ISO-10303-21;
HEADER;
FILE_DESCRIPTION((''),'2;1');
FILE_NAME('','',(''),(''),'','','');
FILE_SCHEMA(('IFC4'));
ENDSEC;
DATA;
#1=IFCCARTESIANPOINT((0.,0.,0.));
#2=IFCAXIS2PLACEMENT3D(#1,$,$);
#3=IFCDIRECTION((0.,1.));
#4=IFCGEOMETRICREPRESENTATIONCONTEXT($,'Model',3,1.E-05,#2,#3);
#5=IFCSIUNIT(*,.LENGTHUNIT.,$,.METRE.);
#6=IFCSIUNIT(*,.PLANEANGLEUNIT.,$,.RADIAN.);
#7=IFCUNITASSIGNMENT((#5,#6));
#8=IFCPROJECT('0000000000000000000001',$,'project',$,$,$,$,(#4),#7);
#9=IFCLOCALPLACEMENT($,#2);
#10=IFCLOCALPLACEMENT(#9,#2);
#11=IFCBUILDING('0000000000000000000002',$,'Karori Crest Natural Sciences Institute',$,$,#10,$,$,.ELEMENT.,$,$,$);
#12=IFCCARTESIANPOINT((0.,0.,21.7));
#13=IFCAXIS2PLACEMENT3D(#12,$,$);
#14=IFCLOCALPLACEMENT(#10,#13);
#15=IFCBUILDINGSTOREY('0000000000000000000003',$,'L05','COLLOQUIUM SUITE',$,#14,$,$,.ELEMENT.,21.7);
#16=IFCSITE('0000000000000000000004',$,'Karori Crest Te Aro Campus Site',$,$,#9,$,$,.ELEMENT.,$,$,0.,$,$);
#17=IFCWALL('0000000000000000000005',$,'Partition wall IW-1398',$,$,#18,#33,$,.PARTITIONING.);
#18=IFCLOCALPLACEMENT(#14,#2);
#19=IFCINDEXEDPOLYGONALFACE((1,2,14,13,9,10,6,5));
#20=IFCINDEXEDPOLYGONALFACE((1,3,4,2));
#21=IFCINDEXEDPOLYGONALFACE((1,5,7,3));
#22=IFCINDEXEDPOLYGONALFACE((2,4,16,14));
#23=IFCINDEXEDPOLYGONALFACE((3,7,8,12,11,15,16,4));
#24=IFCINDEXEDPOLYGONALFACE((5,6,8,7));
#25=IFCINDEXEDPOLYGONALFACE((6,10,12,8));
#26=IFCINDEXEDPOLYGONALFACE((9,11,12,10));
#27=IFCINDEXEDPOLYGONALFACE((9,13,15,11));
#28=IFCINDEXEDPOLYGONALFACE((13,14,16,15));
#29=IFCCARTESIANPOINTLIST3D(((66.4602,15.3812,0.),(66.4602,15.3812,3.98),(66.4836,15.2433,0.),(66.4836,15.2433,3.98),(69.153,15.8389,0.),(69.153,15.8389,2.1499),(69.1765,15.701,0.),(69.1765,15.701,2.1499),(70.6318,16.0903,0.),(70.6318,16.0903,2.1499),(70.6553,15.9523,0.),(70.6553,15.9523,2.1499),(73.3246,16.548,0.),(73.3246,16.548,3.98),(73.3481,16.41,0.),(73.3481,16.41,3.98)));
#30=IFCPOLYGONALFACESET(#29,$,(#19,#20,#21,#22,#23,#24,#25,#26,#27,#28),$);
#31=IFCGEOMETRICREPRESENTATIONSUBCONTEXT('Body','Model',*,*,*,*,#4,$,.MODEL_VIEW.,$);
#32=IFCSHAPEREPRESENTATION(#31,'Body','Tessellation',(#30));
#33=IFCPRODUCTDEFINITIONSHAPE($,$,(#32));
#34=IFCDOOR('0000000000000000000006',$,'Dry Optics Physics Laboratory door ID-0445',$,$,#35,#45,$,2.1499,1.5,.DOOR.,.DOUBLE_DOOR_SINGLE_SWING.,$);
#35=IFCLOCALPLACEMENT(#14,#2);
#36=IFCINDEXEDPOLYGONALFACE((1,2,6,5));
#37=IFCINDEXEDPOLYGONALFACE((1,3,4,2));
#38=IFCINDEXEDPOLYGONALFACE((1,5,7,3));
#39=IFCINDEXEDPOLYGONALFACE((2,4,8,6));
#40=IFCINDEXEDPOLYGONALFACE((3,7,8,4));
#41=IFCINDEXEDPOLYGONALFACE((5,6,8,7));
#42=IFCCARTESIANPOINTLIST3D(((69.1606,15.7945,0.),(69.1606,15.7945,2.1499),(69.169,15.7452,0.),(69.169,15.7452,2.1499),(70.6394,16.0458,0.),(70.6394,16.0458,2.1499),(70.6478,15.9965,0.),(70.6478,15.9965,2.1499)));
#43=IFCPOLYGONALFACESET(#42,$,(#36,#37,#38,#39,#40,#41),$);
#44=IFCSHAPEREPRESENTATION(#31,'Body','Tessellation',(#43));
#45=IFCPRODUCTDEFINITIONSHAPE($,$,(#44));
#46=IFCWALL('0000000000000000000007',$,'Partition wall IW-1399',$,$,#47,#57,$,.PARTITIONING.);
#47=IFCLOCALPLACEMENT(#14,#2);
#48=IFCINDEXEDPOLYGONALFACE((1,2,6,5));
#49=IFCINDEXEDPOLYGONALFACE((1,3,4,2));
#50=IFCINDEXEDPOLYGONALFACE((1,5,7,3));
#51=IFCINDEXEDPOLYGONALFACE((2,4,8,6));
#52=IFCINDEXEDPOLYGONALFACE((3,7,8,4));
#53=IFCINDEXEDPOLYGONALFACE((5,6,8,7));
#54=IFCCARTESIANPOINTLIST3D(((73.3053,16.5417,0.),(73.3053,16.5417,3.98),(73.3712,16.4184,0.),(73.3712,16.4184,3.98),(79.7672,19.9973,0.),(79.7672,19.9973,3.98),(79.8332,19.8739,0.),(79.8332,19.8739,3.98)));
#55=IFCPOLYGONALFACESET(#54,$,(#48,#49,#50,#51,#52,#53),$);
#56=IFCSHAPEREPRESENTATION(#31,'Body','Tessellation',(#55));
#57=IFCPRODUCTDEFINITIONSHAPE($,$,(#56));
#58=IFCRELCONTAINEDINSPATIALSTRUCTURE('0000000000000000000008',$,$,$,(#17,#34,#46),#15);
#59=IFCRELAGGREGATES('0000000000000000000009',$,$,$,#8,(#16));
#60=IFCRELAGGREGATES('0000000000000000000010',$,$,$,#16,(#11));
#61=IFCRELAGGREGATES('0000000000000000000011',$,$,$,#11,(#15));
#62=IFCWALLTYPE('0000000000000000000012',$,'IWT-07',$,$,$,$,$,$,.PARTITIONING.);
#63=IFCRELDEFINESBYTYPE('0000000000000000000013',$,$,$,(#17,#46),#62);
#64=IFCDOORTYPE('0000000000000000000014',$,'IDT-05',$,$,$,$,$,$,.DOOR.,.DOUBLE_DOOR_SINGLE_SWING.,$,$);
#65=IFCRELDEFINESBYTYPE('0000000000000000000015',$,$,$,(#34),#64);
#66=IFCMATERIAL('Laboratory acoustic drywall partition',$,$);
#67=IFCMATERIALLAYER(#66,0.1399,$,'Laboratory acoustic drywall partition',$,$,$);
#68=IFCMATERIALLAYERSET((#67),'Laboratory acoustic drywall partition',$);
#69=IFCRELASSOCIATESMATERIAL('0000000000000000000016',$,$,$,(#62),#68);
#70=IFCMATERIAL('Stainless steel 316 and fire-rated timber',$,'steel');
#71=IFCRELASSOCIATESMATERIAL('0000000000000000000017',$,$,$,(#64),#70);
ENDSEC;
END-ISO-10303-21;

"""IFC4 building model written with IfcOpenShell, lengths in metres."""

from ifc_helpers import new_model, si_unit, direction, frame, frame_2d, origin, place, context, subcontext, project, spatial, rectangle, extrude, material, layer, layer_set, type_object, element, fill, save


model = new_model("IFC4")

# Units and contexts
model_context = context("Model", 3, precision=1e-05, world=origin(), true_north=direction((0.0, 1.0)))
body_context = subcontext(model_context, "Body", "Model", "MODEL_VIEW")
ifc_project = project(units=[si_unit("LENGTHUNIT", "METRE"), si_unit("PLANEANGLEUNIT", "RADIAN")], contexts=[model_context])

# Site, building, storey
site_placement = place(None, origin())
site = spatial("IfcSite", under=ifc_project, at=site_placement, Name="Karori Crest Te Aro Campus Site", CompositionType="ELEMENT", RefElevation=0.0)
building_placement = place(site_placement, origin())
building = spatial("IfcBuilding", under=site, at=building_placement, Name="Karori Crest Natural Sciences Institute", CompositionType="ELEMENT")
storey_placement = place(building_placement, frame((0.0, 0.0, 21.7)))
storey = spatial("IfcBuildingStorey", under=building, at=storey_placement, Name="L05", Description="COLLOQUIUM SUITE", CompositionType="ELEMENT", Elevation=21.7)

# Shared definitions
ifc_material_1 = material(Name="Laboratory acoustic drywall partition")
ifc_layer_1 = layer(ifc_material_1, 0.1399, Name="Laboratory acoustic drywall partition")
ifc_layer_set_1 = layer_set([ifc_layer_1], Name="Laboratory acoustic drywall partition")
wall_type = type_object("IfcWallType", Name="IWT-07", PredefinedType="PARTITIONING", material=ifc_layer_set_1)

# Wall, opening, door
wall_1_placement = place(storey_placement, frame((66.4719, 15.3123, 0.0), z_axis=(0.0, 0.0, 1.0), x_axis=(0.985861, 0.167565, 0.0)))
wall_1 = element("IfcWall", 1, at=wall_1_placement, inside=storey, type_object=wall_type, Name="Partition wall IW-1398", PredefinedType="PARTITIONING", context=body_context, shape_type="SweptSolid", body=[
    extrude(rectangle(XDim=6.9629, YDim=0.1399, at=frame_2d((3.4814, 0.0))), origin(), (0.0, 0.0, 1.0), 3.98),
])
opening_placement = place(wall_1_placement, frame((2.7314, 0.0, 0.0)))
opening = element("IfcOpeningElement", 2, at=opening_placement, cuts=wall_1, PredefinedType="OPENING", context=body_context, shape_type="SweptSolid", body=[
    extrude(rectangle(XDim=1.5, YDim=2.1499, at=frame_2d((0.75, 1.075))), frame((0.0, 0.0801, 0.0), z_axis=(0.0, -1.0, 0.0), x_axis=(1.0, 0.0, 0.0)), (0.0, 0.0, 1.0), 0.1599),
])
ifc_material_2 = material(Name="Stainless steel 316 and fire-rated timber", Category="steel")
door_type = type_object("IfcDoorType", Name="IDT-05", OperationType="DOUBLE_DOOR_SINGLE_SWING", PredefinedType="DOOR", material=ifc_material_2)
door_placement = place(opening_placement, origin())
door = element("IfcDoor", 3, at=door_placement, inside=storey, type_object=door_type, Name="Dry Optics Physics Laboratory door ID-0445", OperationType="DOUBLE_DOOR_SINGLE_SWING", OverallHeight=2.1499, OverallWidth=1.5, PredefinedType="DOOR", context=body_context, shape_type="SweptSolid", body=[
    extrude(rectangle(XDim=1.5, YDim=2.1499, at=frame_2d((0.75, 1.075))), frame((0.0, 0.0249, 0.0), z_axis=(0.0, -1.0, 0.0), x_axis=(1.0, 0.0, 0.0)), (0.0, 0.0, 1.0), 0.05),
])
fill(opening, door)

# Wall
wall_2_placement = place(storey_placement, frame((73.3381, 16.48, 0.0), z_axis=(0.0, 0.0, 1.0), x_axis=(0.88183, 0.471567, 0.0)))
element("IfcWall", 4, at=wall_2_placement, inside=storey, type_object=wall_type, Name="Partition wall IW-1399", PredefinedType="PARTITIONING", context=body_context, shape_type="SweptSolid", body=[
    extrude(rectangle(XDim=7.3279, YDim=0.1399, at=frame_2d((3.6641, 0.0))), origin(), (0.0, 0.0, 1.0), 3.98),
])

save(model, "model.ifc")
